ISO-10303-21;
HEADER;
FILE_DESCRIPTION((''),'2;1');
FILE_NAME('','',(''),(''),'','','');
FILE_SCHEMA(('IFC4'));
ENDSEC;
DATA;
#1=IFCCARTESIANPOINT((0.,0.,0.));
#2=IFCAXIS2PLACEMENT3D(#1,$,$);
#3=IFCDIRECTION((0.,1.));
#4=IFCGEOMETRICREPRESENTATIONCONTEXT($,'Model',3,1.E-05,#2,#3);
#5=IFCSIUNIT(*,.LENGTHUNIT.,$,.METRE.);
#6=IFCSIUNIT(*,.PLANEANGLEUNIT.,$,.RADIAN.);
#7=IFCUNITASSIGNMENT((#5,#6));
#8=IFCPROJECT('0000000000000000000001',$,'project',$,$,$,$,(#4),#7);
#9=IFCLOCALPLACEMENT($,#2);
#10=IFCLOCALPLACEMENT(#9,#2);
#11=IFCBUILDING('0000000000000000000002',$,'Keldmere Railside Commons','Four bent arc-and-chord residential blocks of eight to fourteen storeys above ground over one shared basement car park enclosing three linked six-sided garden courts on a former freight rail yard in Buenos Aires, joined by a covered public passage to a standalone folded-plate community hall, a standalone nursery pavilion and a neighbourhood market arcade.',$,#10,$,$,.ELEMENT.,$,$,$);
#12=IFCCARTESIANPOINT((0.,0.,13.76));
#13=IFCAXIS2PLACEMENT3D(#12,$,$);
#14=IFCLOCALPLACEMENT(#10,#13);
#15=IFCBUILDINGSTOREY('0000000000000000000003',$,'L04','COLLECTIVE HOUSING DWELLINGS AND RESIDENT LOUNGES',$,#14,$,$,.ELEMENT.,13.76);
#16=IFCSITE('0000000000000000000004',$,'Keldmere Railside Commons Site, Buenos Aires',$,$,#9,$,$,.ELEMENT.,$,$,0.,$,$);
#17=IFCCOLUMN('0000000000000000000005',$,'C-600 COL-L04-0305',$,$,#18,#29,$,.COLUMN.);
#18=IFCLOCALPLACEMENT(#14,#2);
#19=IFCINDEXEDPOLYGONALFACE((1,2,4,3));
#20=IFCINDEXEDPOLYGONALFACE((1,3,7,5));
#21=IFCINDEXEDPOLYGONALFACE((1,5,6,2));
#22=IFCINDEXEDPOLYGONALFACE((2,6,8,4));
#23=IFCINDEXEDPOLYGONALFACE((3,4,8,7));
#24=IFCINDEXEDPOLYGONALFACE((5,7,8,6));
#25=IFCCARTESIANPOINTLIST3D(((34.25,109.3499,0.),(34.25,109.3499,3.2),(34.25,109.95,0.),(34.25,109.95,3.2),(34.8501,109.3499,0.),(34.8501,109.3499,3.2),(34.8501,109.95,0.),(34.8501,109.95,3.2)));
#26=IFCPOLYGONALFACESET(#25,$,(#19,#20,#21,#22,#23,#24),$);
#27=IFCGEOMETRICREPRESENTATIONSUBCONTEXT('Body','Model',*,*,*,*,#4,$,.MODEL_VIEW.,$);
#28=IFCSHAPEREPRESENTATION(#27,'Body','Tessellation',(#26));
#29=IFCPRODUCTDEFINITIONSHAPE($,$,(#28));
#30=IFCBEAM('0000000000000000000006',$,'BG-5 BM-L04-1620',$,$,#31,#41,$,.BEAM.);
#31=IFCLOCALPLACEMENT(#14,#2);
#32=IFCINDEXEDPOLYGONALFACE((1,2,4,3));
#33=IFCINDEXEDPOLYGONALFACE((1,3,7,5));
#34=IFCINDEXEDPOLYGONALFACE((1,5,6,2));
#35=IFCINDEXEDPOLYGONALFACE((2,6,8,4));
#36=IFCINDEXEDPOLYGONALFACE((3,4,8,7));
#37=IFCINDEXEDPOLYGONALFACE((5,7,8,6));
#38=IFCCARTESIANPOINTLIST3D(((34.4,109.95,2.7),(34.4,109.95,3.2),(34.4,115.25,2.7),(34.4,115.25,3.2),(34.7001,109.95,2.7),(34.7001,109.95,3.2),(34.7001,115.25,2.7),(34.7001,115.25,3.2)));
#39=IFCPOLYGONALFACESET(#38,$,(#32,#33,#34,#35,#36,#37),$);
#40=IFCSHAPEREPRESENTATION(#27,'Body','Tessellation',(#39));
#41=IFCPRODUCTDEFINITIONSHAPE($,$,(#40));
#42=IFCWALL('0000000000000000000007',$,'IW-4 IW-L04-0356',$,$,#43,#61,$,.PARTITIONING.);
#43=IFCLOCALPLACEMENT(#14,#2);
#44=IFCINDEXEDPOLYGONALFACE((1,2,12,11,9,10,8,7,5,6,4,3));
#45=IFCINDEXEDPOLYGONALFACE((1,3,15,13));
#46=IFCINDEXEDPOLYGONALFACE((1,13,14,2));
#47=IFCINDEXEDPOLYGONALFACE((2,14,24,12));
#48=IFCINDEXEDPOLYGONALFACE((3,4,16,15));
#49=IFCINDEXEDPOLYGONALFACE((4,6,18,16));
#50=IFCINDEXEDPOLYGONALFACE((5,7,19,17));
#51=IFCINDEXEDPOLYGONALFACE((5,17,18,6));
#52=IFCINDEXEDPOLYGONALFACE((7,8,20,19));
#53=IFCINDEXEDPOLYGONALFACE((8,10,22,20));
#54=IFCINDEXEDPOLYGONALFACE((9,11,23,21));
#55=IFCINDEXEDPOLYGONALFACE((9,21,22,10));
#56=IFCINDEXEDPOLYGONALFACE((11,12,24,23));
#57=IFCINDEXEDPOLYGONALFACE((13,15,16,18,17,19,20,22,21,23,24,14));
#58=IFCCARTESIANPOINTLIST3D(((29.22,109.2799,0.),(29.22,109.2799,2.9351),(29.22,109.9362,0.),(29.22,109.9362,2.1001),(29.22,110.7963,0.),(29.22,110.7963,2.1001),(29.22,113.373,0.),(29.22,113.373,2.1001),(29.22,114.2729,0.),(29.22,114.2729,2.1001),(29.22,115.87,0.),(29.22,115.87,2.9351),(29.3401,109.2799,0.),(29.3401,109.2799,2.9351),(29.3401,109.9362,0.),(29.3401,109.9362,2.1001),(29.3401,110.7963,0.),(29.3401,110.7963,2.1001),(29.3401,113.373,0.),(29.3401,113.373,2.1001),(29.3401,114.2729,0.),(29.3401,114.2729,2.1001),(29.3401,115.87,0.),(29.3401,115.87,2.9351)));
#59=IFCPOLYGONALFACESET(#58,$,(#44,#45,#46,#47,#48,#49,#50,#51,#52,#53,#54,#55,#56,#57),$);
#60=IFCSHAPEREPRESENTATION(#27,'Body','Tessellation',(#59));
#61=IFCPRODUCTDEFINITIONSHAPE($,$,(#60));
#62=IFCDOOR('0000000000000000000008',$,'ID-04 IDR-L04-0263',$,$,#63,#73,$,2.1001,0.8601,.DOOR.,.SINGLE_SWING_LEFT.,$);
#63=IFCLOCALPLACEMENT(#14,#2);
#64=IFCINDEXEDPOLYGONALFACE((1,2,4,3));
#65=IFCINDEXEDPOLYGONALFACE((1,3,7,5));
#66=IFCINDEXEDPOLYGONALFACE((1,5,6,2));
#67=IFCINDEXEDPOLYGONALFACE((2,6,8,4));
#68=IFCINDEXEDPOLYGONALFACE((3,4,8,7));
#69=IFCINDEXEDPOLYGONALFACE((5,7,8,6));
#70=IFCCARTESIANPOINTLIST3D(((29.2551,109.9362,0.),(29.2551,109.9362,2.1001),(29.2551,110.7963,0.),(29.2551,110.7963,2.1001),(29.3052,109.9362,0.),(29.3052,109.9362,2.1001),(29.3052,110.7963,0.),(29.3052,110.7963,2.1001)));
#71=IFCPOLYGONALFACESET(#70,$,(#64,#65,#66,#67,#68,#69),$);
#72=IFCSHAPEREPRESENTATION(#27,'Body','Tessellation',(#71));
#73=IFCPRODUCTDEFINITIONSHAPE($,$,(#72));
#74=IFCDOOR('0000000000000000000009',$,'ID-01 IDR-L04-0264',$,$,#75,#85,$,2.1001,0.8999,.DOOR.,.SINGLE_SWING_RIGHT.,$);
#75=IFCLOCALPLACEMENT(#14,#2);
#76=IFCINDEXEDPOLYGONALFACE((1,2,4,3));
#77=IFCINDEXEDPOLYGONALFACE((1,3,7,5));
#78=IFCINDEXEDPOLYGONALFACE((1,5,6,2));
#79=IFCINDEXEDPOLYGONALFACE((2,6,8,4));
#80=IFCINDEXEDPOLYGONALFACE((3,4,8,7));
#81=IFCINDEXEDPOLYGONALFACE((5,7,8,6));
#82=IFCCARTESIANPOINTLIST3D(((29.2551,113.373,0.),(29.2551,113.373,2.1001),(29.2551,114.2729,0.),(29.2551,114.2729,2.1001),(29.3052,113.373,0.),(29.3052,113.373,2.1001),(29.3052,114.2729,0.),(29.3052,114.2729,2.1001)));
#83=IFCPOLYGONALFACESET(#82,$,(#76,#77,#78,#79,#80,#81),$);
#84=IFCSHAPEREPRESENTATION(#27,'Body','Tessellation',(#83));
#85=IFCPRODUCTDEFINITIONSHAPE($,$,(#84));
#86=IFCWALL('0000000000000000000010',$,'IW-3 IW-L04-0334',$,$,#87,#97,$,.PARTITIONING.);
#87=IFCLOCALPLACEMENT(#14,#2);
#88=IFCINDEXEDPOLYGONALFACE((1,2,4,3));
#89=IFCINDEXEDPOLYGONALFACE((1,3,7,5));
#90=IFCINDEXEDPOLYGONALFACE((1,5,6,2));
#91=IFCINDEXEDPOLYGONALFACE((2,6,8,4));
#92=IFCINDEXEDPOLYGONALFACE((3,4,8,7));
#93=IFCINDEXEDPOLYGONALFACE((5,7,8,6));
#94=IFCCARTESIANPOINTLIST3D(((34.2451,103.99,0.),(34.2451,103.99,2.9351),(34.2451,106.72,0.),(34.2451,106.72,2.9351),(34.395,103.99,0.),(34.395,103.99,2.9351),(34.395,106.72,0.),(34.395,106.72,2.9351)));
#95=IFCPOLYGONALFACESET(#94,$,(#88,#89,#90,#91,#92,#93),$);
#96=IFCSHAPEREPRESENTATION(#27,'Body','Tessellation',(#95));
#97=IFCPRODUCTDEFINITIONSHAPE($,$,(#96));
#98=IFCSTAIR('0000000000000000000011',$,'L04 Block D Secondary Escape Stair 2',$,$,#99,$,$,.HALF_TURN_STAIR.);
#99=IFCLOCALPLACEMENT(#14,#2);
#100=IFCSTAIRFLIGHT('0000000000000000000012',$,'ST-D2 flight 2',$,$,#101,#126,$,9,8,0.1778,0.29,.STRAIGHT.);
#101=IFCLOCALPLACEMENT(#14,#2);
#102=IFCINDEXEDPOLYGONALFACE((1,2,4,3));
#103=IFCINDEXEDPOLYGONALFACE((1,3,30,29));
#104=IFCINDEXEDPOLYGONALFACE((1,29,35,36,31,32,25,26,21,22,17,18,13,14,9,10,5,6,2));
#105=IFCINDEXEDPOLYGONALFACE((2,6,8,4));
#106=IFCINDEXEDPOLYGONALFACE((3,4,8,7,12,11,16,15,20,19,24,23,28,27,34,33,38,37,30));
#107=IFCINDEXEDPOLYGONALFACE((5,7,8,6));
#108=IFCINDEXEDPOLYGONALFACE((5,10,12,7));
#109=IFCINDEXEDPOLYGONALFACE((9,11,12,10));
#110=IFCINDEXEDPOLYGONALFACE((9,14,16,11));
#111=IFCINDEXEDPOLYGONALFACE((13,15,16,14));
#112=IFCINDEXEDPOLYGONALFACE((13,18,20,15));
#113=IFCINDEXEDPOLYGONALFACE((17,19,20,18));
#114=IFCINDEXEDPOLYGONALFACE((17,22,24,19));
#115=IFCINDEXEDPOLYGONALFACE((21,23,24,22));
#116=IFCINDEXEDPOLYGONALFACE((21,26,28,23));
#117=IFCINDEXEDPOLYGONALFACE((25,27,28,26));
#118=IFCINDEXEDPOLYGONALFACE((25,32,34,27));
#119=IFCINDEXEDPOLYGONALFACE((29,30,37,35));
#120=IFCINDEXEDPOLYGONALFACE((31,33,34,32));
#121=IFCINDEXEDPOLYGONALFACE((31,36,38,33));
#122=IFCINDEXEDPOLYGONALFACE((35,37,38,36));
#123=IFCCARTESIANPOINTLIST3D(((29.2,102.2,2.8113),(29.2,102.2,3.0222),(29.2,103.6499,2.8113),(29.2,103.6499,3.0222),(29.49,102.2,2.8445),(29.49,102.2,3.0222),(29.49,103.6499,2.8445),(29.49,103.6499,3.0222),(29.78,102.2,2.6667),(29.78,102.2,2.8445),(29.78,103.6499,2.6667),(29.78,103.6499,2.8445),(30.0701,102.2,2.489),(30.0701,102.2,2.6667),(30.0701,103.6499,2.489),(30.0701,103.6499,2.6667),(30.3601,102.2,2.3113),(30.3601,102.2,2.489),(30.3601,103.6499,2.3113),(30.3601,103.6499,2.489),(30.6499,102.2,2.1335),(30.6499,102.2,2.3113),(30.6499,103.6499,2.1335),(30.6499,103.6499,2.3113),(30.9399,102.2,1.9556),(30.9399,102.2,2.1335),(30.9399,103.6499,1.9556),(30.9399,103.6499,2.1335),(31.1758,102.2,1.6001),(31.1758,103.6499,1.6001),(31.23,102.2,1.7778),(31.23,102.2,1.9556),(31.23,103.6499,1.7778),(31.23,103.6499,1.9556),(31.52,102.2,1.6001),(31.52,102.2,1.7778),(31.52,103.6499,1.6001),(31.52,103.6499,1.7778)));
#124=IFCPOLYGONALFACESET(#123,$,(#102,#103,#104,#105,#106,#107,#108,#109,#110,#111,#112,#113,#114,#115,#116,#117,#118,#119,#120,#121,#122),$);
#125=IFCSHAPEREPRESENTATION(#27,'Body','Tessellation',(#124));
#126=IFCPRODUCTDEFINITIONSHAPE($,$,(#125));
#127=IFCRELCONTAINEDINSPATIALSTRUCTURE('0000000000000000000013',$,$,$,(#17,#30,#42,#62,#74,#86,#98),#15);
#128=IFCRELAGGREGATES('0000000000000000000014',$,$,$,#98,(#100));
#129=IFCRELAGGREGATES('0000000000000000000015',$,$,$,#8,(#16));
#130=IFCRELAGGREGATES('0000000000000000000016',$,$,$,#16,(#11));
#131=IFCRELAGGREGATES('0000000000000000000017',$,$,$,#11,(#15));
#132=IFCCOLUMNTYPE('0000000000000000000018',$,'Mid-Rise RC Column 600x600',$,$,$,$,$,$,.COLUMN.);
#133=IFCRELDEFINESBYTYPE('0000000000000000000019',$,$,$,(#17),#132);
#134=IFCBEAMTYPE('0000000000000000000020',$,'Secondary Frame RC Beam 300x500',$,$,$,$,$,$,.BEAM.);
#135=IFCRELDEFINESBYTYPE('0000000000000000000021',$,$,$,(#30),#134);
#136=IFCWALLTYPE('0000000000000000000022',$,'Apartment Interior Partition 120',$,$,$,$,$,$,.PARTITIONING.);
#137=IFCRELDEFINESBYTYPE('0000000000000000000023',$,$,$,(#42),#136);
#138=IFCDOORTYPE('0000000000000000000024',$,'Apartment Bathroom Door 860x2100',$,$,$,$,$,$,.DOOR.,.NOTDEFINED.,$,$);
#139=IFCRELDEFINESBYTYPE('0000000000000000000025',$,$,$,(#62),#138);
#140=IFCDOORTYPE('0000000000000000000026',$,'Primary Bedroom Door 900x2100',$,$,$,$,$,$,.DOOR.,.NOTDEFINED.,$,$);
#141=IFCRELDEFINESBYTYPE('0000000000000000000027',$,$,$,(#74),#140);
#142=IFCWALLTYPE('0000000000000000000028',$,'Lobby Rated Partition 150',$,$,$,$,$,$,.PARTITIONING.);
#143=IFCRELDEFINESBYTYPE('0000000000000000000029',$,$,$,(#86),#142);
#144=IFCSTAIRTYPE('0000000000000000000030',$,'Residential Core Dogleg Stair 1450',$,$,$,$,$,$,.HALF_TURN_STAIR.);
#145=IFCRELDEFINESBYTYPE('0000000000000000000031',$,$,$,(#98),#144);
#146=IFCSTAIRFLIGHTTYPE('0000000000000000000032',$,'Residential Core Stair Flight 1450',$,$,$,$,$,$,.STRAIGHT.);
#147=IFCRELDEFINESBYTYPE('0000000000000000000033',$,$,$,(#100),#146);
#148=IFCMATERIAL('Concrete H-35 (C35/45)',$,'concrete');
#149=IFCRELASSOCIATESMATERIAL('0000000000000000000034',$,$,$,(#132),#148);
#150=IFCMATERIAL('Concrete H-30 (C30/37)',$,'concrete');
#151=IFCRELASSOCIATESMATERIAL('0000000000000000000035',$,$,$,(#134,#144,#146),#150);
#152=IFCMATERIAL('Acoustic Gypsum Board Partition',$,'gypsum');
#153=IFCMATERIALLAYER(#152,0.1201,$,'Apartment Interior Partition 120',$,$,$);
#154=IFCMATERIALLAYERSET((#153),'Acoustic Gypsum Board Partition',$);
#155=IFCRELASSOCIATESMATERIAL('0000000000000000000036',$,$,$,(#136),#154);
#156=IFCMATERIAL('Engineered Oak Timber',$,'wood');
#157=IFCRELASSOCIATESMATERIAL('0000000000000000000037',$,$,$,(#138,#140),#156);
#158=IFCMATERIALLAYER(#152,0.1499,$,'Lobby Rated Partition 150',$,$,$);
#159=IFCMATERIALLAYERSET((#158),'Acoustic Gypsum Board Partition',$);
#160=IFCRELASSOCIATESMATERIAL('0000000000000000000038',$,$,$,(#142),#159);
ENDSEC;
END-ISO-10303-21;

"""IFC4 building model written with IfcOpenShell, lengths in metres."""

from ifc_helpers import new_model, si_unit, direction, frame, frame_2d, origin, origin_2d, place, context, subcontext, project, spatial, polyline, rectangle, outline, extrude, material, layer, layer_set, material_profile, profile_set, type_object, element, fill, aggregate, save


model = new_model("IFC4")

# Units and contexts
model_context = context("Model", 3, precision=1e-05, world=origin(), true_north=direction((0.0, 1.0)))
body_context = subcontext(model_context, "Body", "Model", "MODEL_VIEW")
ifc_project = project(units=[si_unit("LENGTHUNIT", "METRE"), si_unit("PLANEANGLEUNIT", "RADIAN")], contexts=[model_context])

# Site, building, storey
site_placement = place(None, origin())
site = spatial("IfcSite", under=ifc_project, at=site_placement, Name="Keldmere Railside Commons Site, Buenos Aires", CompositionType="ELEMENT", RefElevation=0.0)
building_placement = place(site_placement, origin())
building = spatial("IfcBuilding", under=site, at=building_placement, Name="Keldmere Railside Commons", Description="Four bent arc-and-chord residential blocks of eight to fourteen storeys above ground over one shared basement car park enclosing three linked six-sided garden courts on a former freight rail yard in Buenos Aires, joined by a covered public passage to a standalone folded-plate community hall, a standalone nursery pavilion and a neighbourhood market arcade.", CompositionType="ELEMENT")
storey_placement = place(building_placement, frame((0.0, 0.0, 13.76)))
storey = spatial("IfcBuildingStorey", under=building, at=storey_placement, Name="L04", Description="COLLECTIVE HOUSING DWELLINGS AND RESIDENT LOUNGES", CompositionType="ELEMENT", Elevation=13.76)

# Column
ifc_material_1 = material(Name="Concrete H-35 (C35/45)", Category="concrete")
ifc_material_profile_1 = material_profile(ifc_material_1, rectangle(XDim=0.6001, YDim=0.6001, at=origin_2d()), Name="RC-600x600")
ifc_profile_set_1 = profile_set([ifc_material_profile_1], Name="Concrete H-35 (C35/45)")
column_type = type_object("IfcColumnType", Name="Mid-Rise RC Column 600x600", PredefinedType="COLUMN", material=ifc_profile_set_1)
column_placement = place(storey_placement, frame((34.55, 109.6499, 0.0), z_axis=(0.0, 0.0, 1.0), x_axis=(1.0, 0.0, 0.0)))
element("IfcColumn", 1, at=column_placement, inside=storey, type_object=column_type, Name="C-600 COL-L04-0305", PredefinedType="COLUMN", context=body_context, shape_type="SweptSolid", body=[
    extrude(rectangle(XDim=0.6001, YDim=0.6001, at=origin_2d()), origin(), (0.0, 0.0, 1.0), 3.2),
])

# Beam
ifc_material_2 = material(Name="Concrete H-30 (C30/37)", Category="concrete")
ifc_material_profile_2 = material_profile(ifc_material_2, rectangle(XDim=0.3, YDim=0.5, at=origin_2d()), Name="RC-300x500")
ifc_profile_set_2 = profile_set([ifc_material_profile_2], Name="Concrete H-30 (C30/37)")
beam_type = type_object("IfcBeamType", Name="Secondary Frame RC Beam 300x500", PredefinedType="BEAM", material=ifc_profile_set_2)
beam_placement = place(storey_placement, frame((34.55, 109.95, 2.95), z_axis=(0.0, 1.0, 0.0), x_axis=(-1.0, 0.0, 0.0)))
element("IfcBeam", 2, at=beam_placement, inside=storey, type_object=beam_type, Name="BG-5 BM-L04-1620", PredefinedType="BEAM", context=body_context, shape_type="SweptSolid", body=[
    extrude(rectangle(XDim=0.3, YDim=0.5, at=origin_2d()), origin(), (0.0, 0.0, 1.0), 5.3),
])

# Wall, openings, doors
ifc_material_3 = material(Name="Acoustic Gypsum Board Partition", Category="gypsum")
ifc_layer_1 = layer(ifc_material_3, 0.1201, Name="Apartment Interior Partition 120")
ifc_layer_set_1 = layer_set([ifc_layer_1], Name="Acoustic Gypsum Board Partition")
wall_type_1 = type_object("IfcWallType", Name="Apartment Interior Partition 120", PredefinedType="PARTITIONING", material=ifc_layer_set_1)
wall_1_placement = place(storey_placement, frame((29.28, 109.28, 0.0), z_axis=(0.0, 0.0, 1.0), x_axis=(0.0, 1.0, 0.0)))
wall_1 = element("IfcWall", 3, at=wall_1_placement, inside=storey, type_object=wall_type_1, Name="IW-4 IW-L04-0356", PredefinedType="PARTITIONING", context=body_context, shape_type="SweptSolid", body=[
    extrude(rectangle(XDim=6.5901, YDim=0.1201, at=frame_2d((3.2949, 0.0))), origin(), (0.0, 0.0, 1.0), 2.9351),
])
opening_1_placement = place(wall_1_placement, frame((0.656, 0.0, 0.0)))
opening_1 = element("IfcOpeningElement", 4, at=opening_1_placement, cuts=wall_1, PredefinedType="OPENING", context=body_context, shape_type="SweptSolid", body=[
    extrude(rectangle(XDim=0.8601, YDim=2.1001, at=frame_2d((0.4302, 1.05))), frame((0.0, 0.0701, 0.0), z_axis=(0.0, -1.0, 0.0), x_axis=(1.0, 0.0, 0.0)), (0.0, 0.0, 1.0), 0.1401),
])
opening_2_placement = place(wall_1_placement, frame((4.093, 0.0, 0.0)))
opening_2 = element("IfcOpeningElement", 5, at=opening_2_placement, cuts=wall_1, PredefinedType="OPENING", context=body_context, shape_type="SweptSolid", body=[
    extrude(rectangle(XDim=0.8999, YDim=2.1001, at=frame_2d((0.45, 1.05))), frame((0.0, 0.0701, 0.0), z_axis=(0.0, -1.0, 0.0), x_axis=(1.0, 0.0, 0.0)), (0.0, 0.0, 1.0), 0.1401),
])
ifc_material_4 = material(Name="Engineered Oak Timber", Category="wood")
door_type_1 = type_object("IfcDoorType", Name="Apartment Bathroom Door 860x2100", OperationType="NOTDEFINED", PredefinedType="DOOR", material=ifc_material_4)
door_1_placement = place(opening_1_placement, origin())
door_1 = element("IfcDoor", 6, at=door_1_placement, inside=storey, type_object=door_type_1, Name="ID-04 IDR-L04-0263", OperationType="SINGLE_SWING_LEFT", OverallHeight=2.1001, OverallWidth=0.8601, PredefinedType="DOOR", context=body_context, shape_type="SweptSolid", body=[
    extrude(rectangle(XDim=0.8601, YDim=2.1001, at=frame_2d((0.4302, 1.05))), frame((0.0, 0.0249, 0.0), z_axis=(0.0, -1.0, 0.0), x_axis=(1.0, 0.0, 0.0)), (0.0, 0.0, 1.0), 0.05),
])
fill(opening_1, door_1)
door_type_2 = type_object("IfcDoorType", Name="Primary Bedroom Door 900x2100", OperationType="NOTDEFINED", PredefinedType="DOOR", material=ifc_material_4)
door_2_placement = place(opening_2_placement, origin())
door_2 = element("IfcDoor", 7, at=door_2_placement, inside=storey, type_object=door_type_2, Name="ID-01 IDR-L04-0264", OperationType="SINGLE_SWING_RIGHT", OverallHeight=2.1001, OverallWidth=0.8999, PredefinedType="DOOR", context=body_context, shape_type="SweptSolid", body=[
    extrude(rectangle(XDim=0.8999, YDim=2.1001, at=frame_2d((0.45, 1.05))), frame((0.0, 0.0249, 0.0), z_axis=(0.0, -1.0, 0.0), x_axis=(1.0, 0.0, 0.0)), (0.0, 0.0, 1.0), 0.05),
])
fill(opening_2, door_2)

# Wall
ifc_layer_2 = layer(ifc_material_3, 0.1499, Name="Lobby Rated Partition 150")
ifc_layer_set_2 = layer_set([ifc_layer_2], Name="Acoustic Gypsum Board Partition")
wall_type_2 = type_object("IfcWallType", Name="Lobby Rated Partition 150", PredefinedType="PARTITIONING", material=ifc_layer_set_2)
wall_2_placement = place(storey_placement, frame((34.3201, 103.99, 0.0), z_axis=(0.0, 0.0, 1.0), x_axis=(0.0, 1.0, 0.0)))
element("IfcWall", 8, at=wall_2_placement, inside=storey, type_object=wall_type_2, Name="IW-3 IW-L04-0334", PredefinedType="PARTITIONING", context=body_context, shape_type="SweptSolid", body=[
    extrude(rectangle(XDim=2.73, YDim=0.1499, at=frame_2d((1.365, 0.0))), origin(), (0.0, 0.0, 1.0), 2.9351),
])

# Stair, stair flight
stair_type = type_object("IfcStairType", Name="Residential Core Dogleg Stair 1450", PredefinedType="HALF_TURN_STAIR", material=ifc_material_2)
stair_placement = place(storey_placement, origin())
stair = element("IfcStair", 9, at=stair_placement, inside=storey, type_object=stair_type, Name="L04 Block D Secondary Escape Stair 2", PredefinedType="HALF_TURN_STAIR")
stair_flight_type = type_object("IfcStairFlightType", Name="Residential Core Stair Flight 1450", PredefinedType="STRAIGHT", material=ifc_material_2)
stair_flight_placement = place(storey_placement, frame((31.52, 102.925, 1.6001), z_axis=(0.0, 0.0, 1.0), x_axis=(-1.0, 0.0, 0.0)))
stair_flight = element("IfcStairFlight", 10, at=stair_flight_placement, type_object=stair_flight_type, Name="ST-D2 flight 2", NumberOfRisers=9, NumberOfTreads=8, PredefinedType="STRAIGHT", RiserHeight=0.1778, TreadLength=0.29, context=body_context, shape_type="SweptSolid", body=[
    extrude(outline(polyline([(0.0, 0.0), (0.0, 0.1777), (0.29, 0.1777), (0.29, 0.3555), (0.5801, 0.3555), (0.5801, 0.5334), (0.8701, 0.5334), (0.8701, 0.7112), (1.1599, 0.7112), (1.1599, 0.8889), (1.45, 0.8889), (1.45, 1.0667), (1.74, 1.0667), (1.74, 1.2444), (2.03, 1.2444), (2.03, 1.4221), (2.3201, 1.4221), (2.3201, 1.6001), (2.3201, 1.2112), (0.3442, 0.0), (0.0, 0.0)])), frame((0.0, 0.7251, 0.0), z_axis=(0.0, -1.0, 0.0), x_axis=(1.0, 0.0, 0.0)), (0.0, 0.0, 1.0), 1.45),
])
aggregate(stair, [stair_flight])

save(model, "model.ifc")
